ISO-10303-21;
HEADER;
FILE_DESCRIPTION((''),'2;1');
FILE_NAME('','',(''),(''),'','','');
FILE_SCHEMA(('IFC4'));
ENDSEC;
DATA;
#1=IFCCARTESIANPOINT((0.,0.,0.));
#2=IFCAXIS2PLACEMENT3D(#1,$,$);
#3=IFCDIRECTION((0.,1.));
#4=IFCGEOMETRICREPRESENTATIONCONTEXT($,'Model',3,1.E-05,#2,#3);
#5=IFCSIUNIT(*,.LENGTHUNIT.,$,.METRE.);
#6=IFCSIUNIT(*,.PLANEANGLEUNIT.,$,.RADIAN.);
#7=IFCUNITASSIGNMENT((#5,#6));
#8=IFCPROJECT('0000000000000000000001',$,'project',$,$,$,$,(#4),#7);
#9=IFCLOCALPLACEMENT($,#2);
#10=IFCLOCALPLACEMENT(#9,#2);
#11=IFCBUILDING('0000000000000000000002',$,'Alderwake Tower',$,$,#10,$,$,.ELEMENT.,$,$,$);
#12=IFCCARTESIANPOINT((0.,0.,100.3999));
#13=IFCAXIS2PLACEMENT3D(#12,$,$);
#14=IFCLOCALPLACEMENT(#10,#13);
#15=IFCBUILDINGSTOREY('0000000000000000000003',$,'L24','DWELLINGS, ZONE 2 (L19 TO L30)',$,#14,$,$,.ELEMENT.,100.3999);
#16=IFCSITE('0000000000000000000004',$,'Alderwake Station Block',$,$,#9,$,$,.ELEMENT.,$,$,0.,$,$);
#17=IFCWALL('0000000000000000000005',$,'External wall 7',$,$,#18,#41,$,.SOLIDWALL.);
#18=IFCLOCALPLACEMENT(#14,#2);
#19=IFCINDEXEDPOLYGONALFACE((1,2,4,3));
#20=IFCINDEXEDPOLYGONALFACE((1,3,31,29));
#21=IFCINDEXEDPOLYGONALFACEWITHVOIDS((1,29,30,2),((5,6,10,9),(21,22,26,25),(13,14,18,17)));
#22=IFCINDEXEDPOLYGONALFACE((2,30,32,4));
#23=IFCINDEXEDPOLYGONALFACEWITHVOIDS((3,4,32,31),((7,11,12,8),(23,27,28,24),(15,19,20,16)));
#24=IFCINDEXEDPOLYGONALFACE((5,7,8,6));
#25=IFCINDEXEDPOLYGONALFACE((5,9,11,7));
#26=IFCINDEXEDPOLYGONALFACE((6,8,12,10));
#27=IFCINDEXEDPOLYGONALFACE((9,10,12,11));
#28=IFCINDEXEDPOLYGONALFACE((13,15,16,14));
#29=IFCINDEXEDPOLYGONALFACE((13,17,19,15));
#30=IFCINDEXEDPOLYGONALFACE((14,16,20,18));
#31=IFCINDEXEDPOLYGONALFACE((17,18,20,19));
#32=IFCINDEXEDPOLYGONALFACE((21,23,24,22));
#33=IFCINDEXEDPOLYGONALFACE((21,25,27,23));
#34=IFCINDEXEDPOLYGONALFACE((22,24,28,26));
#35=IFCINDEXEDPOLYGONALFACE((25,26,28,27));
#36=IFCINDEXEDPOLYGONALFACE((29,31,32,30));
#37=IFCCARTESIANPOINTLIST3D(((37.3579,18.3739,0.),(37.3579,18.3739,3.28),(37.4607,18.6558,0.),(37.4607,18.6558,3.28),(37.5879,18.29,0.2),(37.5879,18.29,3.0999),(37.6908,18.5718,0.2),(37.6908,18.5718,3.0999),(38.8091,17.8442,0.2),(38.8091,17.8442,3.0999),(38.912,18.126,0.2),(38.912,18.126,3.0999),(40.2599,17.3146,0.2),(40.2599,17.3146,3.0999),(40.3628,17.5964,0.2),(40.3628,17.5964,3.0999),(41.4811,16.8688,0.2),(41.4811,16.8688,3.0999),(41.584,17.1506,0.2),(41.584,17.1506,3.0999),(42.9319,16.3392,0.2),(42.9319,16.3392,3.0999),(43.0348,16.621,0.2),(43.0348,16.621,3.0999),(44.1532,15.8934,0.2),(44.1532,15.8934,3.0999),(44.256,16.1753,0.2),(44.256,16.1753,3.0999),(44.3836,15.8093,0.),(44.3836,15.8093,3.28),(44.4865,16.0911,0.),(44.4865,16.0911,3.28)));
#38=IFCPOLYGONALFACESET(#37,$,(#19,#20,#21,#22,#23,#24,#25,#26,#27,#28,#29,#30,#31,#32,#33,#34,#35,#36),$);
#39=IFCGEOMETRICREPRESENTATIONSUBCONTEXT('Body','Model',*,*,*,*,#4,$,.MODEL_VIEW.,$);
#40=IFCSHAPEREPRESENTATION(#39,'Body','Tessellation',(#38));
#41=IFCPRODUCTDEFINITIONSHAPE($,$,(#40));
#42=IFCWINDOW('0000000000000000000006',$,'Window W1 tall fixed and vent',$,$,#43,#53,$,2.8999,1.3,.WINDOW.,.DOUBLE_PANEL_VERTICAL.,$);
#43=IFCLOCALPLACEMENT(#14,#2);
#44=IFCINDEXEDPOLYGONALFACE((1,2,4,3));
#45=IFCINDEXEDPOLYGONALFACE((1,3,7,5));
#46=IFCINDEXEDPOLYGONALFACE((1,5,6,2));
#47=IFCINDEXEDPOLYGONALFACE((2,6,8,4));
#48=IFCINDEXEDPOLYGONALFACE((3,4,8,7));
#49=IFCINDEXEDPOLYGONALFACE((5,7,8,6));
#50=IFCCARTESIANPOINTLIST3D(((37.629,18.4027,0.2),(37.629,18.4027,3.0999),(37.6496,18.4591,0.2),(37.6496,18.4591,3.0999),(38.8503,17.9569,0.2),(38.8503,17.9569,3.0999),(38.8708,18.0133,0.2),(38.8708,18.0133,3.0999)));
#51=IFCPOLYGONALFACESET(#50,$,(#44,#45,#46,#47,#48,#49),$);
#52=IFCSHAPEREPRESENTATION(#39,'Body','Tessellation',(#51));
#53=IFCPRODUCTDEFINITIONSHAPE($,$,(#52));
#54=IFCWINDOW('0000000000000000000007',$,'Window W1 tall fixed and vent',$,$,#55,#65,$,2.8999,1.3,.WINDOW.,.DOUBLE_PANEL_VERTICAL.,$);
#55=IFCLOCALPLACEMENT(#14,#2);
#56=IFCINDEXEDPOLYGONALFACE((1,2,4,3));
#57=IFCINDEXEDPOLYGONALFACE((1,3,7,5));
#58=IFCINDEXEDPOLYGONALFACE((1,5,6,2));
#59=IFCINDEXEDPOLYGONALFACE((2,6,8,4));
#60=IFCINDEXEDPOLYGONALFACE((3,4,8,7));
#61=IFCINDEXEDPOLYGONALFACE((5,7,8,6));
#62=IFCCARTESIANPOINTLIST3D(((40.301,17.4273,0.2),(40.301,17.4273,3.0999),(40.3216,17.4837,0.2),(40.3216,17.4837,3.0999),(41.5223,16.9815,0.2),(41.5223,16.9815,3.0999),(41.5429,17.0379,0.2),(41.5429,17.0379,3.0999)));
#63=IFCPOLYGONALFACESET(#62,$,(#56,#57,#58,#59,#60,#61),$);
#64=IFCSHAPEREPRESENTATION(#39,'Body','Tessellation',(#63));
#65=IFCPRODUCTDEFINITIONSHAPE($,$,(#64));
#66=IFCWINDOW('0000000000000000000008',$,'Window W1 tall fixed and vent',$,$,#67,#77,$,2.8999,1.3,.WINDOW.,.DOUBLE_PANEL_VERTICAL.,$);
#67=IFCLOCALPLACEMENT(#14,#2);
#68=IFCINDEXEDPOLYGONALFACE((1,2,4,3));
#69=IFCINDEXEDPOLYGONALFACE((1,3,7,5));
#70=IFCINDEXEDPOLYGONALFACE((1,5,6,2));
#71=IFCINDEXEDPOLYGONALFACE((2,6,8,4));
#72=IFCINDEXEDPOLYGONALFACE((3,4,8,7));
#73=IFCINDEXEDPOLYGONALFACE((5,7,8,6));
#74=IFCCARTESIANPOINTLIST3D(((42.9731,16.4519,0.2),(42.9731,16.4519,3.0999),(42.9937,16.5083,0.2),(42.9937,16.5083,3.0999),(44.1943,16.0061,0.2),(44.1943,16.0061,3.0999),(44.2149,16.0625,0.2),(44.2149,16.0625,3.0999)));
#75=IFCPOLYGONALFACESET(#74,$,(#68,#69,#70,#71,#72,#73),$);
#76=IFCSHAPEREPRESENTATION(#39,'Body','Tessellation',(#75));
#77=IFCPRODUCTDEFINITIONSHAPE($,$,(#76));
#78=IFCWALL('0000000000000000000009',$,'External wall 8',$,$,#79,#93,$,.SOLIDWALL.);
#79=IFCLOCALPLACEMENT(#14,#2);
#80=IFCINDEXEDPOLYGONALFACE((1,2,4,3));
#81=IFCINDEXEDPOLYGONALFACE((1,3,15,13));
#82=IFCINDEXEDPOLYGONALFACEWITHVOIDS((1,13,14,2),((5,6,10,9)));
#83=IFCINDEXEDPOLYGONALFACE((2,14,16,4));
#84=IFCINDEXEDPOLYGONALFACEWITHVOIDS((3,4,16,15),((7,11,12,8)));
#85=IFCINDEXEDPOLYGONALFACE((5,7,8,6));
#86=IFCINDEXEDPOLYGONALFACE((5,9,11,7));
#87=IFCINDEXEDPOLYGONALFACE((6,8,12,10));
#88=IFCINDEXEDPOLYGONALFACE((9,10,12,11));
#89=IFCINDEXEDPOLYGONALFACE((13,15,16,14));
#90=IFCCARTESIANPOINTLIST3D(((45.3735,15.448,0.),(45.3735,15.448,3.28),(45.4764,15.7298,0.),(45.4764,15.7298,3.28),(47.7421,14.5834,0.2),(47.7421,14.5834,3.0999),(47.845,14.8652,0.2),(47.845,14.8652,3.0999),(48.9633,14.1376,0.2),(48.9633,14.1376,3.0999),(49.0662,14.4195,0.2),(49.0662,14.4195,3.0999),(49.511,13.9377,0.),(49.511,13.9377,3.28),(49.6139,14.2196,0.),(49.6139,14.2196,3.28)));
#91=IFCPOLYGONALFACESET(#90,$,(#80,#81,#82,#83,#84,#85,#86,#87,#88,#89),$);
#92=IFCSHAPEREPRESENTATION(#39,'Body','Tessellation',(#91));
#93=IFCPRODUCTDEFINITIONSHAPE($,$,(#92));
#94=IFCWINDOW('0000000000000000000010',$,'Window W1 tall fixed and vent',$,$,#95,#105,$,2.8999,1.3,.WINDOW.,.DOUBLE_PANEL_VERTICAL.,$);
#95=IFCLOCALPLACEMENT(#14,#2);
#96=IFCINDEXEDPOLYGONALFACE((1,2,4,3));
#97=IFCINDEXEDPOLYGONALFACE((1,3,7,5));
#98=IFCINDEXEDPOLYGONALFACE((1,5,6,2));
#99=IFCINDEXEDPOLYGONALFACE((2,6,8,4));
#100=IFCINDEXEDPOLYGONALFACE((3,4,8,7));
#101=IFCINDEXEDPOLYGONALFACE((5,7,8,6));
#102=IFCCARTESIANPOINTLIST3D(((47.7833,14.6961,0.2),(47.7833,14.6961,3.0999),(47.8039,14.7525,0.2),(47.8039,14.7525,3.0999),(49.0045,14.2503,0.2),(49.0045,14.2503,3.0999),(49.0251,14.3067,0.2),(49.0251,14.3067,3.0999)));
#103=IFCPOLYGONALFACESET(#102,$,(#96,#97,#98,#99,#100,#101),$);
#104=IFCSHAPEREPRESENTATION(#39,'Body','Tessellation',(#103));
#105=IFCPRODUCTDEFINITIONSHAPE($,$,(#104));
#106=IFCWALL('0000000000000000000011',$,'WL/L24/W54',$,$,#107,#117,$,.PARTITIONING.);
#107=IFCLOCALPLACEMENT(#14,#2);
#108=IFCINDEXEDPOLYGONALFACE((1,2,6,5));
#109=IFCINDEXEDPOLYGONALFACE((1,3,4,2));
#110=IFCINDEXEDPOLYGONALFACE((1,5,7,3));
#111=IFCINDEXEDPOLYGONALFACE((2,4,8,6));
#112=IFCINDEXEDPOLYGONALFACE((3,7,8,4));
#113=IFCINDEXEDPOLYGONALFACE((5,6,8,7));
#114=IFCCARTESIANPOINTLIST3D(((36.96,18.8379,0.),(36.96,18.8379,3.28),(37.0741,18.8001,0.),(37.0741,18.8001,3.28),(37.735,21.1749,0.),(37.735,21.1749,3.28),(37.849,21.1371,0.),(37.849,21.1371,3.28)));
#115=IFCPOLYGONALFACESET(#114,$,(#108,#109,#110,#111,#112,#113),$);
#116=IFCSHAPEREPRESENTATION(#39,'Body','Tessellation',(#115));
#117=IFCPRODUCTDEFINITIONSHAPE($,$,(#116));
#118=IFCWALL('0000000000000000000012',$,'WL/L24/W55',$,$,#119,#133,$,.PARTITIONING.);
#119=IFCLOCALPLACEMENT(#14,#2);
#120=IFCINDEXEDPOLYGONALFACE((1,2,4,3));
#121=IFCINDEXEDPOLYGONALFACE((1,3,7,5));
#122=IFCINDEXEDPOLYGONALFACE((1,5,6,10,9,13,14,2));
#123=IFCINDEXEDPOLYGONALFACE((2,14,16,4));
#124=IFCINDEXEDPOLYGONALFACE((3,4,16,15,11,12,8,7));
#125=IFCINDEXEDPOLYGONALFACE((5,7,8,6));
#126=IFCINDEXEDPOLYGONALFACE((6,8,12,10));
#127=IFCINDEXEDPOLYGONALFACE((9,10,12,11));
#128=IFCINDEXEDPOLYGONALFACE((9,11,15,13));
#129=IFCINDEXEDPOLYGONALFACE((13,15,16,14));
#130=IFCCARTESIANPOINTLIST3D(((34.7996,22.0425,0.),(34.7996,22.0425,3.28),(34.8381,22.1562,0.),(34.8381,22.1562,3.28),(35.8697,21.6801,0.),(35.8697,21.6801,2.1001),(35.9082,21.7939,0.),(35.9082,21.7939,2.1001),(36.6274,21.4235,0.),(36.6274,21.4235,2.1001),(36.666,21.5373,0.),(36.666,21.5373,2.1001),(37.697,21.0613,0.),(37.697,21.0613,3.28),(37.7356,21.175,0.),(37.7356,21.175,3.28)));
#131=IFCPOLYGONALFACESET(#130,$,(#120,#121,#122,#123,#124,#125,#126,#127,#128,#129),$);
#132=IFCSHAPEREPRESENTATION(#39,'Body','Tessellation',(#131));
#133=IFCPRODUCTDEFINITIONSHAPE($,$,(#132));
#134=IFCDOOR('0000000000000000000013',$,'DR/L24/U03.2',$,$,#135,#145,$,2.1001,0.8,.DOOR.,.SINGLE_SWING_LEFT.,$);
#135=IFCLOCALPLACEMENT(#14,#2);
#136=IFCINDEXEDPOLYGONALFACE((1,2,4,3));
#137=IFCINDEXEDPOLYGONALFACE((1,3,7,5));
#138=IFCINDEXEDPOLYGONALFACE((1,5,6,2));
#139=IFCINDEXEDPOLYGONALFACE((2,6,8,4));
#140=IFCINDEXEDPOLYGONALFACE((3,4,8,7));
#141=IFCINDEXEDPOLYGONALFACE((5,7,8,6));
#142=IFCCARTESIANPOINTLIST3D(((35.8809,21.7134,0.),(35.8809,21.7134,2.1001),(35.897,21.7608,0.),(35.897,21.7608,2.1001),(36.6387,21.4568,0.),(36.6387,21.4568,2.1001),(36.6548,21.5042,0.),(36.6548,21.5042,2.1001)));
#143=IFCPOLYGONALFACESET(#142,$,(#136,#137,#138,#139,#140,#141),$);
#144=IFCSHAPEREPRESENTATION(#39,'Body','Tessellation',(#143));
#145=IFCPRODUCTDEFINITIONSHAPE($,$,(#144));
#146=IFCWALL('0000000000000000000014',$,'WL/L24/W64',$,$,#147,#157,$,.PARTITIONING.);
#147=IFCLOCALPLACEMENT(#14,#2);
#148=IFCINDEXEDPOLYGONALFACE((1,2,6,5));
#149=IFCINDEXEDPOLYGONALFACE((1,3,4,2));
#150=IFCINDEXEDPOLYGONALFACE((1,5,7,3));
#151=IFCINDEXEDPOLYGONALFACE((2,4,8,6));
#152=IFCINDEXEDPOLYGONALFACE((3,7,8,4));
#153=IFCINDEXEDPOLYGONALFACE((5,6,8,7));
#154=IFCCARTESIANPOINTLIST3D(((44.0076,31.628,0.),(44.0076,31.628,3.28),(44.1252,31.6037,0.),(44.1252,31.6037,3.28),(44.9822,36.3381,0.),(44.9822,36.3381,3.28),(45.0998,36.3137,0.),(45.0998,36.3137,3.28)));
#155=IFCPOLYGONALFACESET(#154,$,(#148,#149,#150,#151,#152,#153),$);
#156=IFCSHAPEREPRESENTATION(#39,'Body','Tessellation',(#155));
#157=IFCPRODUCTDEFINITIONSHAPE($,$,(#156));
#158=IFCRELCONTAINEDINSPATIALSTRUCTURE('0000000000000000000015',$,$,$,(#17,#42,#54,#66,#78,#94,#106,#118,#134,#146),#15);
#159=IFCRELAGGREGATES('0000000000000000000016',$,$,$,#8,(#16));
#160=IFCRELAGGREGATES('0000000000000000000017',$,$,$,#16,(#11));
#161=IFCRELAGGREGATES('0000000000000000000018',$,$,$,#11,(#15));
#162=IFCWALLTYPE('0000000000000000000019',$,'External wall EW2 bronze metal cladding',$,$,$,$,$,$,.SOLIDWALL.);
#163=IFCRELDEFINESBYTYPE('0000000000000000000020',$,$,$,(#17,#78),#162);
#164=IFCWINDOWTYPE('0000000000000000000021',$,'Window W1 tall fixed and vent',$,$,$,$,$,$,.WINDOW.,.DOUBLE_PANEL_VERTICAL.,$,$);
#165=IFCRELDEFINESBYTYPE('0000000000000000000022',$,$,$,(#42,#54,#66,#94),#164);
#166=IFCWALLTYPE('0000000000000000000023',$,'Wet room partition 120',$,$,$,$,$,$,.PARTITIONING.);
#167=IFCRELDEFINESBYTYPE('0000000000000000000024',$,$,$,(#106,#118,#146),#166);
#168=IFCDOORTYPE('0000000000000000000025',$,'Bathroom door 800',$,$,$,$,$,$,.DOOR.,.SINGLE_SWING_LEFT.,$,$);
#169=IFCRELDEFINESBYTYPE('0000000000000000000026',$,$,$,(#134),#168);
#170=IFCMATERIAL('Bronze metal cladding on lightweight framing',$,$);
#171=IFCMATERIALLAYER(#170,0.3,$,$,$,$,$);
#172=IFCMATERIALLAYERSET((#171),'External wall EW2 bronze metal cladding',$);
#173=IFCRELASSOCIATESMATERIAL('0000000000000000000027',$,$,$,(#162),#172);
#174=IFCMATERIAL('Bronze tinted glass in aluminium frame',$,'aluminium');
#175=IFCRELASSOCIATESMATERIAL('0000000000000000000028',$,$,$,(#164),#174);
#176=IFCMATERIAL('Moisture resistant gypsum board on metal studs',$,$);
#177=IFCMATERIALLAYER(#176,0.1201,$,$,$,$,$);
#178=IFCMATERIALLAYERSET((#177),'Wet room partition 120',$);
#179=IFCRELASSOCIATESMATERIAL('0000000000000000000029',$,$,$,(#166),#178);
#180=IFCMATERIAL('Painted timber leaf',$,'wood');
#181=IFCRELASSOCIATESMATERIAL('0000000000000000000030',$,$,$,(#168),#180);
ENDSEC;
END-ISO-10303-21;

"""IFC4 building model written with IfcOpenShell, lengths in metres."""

from ifc_helpers import new_model, si_unit, direction, frame, frame_2d, origin, place, context, subcontext, project, spatial, rectangle, extrude, material, layer, layer_set, type_object, element, fill, save


model = new_model("IFC4")

# Units and contexts
model_context = context("Model", 3, precision=1e-05, world=origin(), true_north=direction((0.0, 1.0)))
body_context = subcontext(model_context, "Body", "Model", "MODEL_VIEW")
ifc_project = project(units=[si_unit("LENGTHUNIT", "METRE"), si_unit("PLANEANGLEUNIT", "RADIAN")], contexts=[model_context])

# Site, building, storey
site_placement = place(None, origin())
site = spatial("IfcSite", under=ifc_project, at=site_placement, Name="Alderwake Station Block", CompositionType="ELEMENT", RefElevation=0.0)
building_placement = place(site_placement, origin())
building = spatial("IfcBuilding", under=site, at=building_placement, Name="Alderwake Tower", CompositionType="ELEMENT")
storey_placement = place(building_placement, frame((0.0, 0.0, 100.3999)))
storey = spatial("IfcBuildingStorey", under=building, at=storey_placement, Name="L24", Description="DWELLINGS, ZONE 2 (L19 TO L30)", CompositionType="ELEMENT", Elevation=100.3999)

# Wall, openings, windows
ifc_material_1 = material(Name="Bronze metal cladding on lightweight framing")
ifc_layer_1 = layer(ifc_material_1, 0.3)
ifc_layer_set_1 = layer_set([ifc_layer_1], Name="External wall EW2 bronze metal cladding")
wall_type_1 = type_object("IfcWallType", Name="External wall EW2 bronze metal cladding", PredefinedType="SOLIDWALL", material=ifc_layer_set_1)
wall_1_placement = place(storey_placement, frame((37.4092, 18.5149, 0.0), z_axis=(0.0, 0.0, 1.0), x_axis=(0.939371, -0.342904, 0.0)))
wall_1 = element("IfcWall", 1, at=wall_1_placement, inside=storey, type_object=wall_type_1, Name="External wall 7", PredefinedType="SOLIDWALL", context=body_context, shape_type="SweptSolid", body=[
    extrude(rectangle(XDim=7.4792, YDim=0.3, at=frame_2d((3.7397, 0.0))), origin(), (0.0, 0.0, 1.0), 3.28),
])
opening_1_placement = place(wall_1_placement, frame((0.2451, 0.0, 0.2)))
opening_1 = element("IfcOpeningElement", 2, at=opening_1_placement, cuts=wall_1, PredefinedType="OPENING", context=body_context, shape_type="SweptSolid", body=[
    extrude(rectangle(XDim=1.3, YDim=2.8999, at=frame_2d((0.6499, 1.45))), frame((0.0, 0.1599, 0.0), z_axis=(0.0, -1.0, 0.0), x_axis=(1.0, 0.0, 0.0)), (0.0, 0.0, 1.0), 0.3201),
])
opening_2_placement = place(wall_1_placement, frame((3.0896, 0.0, 0.2)))
opening_2 = element("IfcOpeningElement", 3, at=opening_2_placement, cuts=wall_1, PredefinedType="OPENING", context=body_context, shape_type="SweptSolid", body=[
    extrude(rectangle(XDim=1.3, YDim=2.8999, at=frame_2d((0.6499, 1.45))), frame((0.0, 0.1599, 0.0), z_axis=(0.0, -1.0, 0.0), x_axis=(1.0, 0.0, 0.0)), (0.0, 0.0, 1.0), 0.3201),
])
opening_3_placement = place(wall_1_placement, frame((5.9341, 0.0, 0.2)))
opening_3 = element("IfcOpeningElement", 4, at=opening_3_placement, cuts=wall_1, PredefinedType="OPENING", context=body_context, shape_type="SweptSolid", body=[
    extrude(rectangle(XDim=1.3, YDim=2.8999, at=frame_2d((0.6499, 1.45))), frame((0.0, 0.1599, 0.0), z_axis=(0.0, -1.0, 0.0), x_axis=(1.0, 0.0, 0.0)), (0.0, 0.0, 1.0), 0.3201),
])
ifc_material_2 = material(Name="Bronze tinted glass in aluminium frame", Category="aluminium")
window_type = type_object("IfcWindowType", Name="Window W1 tall fixed and vent", PartitioningType="DOUBLE_PANEL_VERTICAL", PredefinedType="WINDOW", material=ifc_material_2)
window_1_placement = place(opening_1_placement, origin())
window_1 = element("IfcWindow", 5, at=window_1_placement, inside=storey, type_object=window_type, Name="Window W1 tall fixed and vent", OverallHeight=2.8999, OverallWidth=1.3, PartitioningType="DOUBLE_PANEL_VERTICAL", PredefinedType="WINDOW", context=body_context, shape_type="SweptSolid", body=[
    extrude(rectangle(XDim=1.3, YDim=2.8999, at=frame_2d((0.6499, 1.45))), frame((0.0, 0.03, 0.0), z_axis=(0.0, -1.0, 0.0), x_axis=(1.0, 0.0, 0.0)), (0.0, 0.0, 1.0), 0.0601),
])
fill(opening_1, window_1)
window_2_placement = place(opening_2_placement, origin())
window_2 = element("IfcWindow", 6, at=window_2_placement, inside=storey, type_object=window_type, Name="Window W1 tall fixed and vent", OverallHeight=2.8999, OverallWidth=1.3, PartitioningType="DOUBLE_PANEL_VERTICAL", PredefinedType="WINDOW", context=body_context, shape_type="SweptSolid", body=[
    extrude(rectangle(XDim=1.3, YDim=2.8999, at=frame_2d((0.6499, 1.45))), frame((0.0, 0.03, 0.0), z_axis=(0.0, -1.0, 0.0), x_axis=(1.0, 0.0, 0.0)), (0.0, 0.0, 1.0), 0.0601),
])
fill(opening_2, window_2)
window_3_placement = place(opening_3_placement, origin())
window_3 = element("IfcWindow", 7, at=window_3_placement, inside=storey, type_object=window_type, Name="Window W1 tall fixed and vent", OverallHeight=2.8999, OverallWidth=1.3, PartitioningType="DOUBLE_PANEL_VERTICAL", PredefinedType="WINDOW", context=body_context, shape_type="SweptSolid", body=[
    extrude(rectangle(XDim=1.3, YDim=2.8999, at=frame_2d((0.6499, 1.45))), frame((0.0, 0.03, 0.0), z_axis=(0.0, -1.0, 0.0), x_axis=(1.0, 0.0, 0.0)), (0.0, 0.0, 1.0), 0.0601),
])
fill(opening_3, window_3)

# Wall, opening, window
wall_2_placement = place(storey_placement, frame((45.425, 15.5889, 0.0), z_axis=(0.0, 0.0, 1.0), x_axis=(0.939375, -0.342891, 0.0)))
wall_2 = element("IfcWall", 8, at=wall_2_placement, inside=storey, type_object=wall_type_1, Name="External wall 8", PredefinedType="SOLIDWALL", context=body_context, shape_type="SweptSolid", body=[
    extrude(rectangle(XDim=4.4045, YDim=0.3, at=frame_2d((2.2021, 0.0))), origin(), (0.0, 0.0, 1.0), 3.28),
])
opening_4_placement = place(wall_2_placement, frame((2.5215, 0.0, 0.2)))
opening_4 = element("IfcOpeningElement", 9, at=opening_4_placement, cuts=wall_2, PredefinedType="OPENING", context=body_context, shape_type="SweptSolid", body=[
    extrude(rectangle(XDim=1.3, YDim=2.8999, at=frame_2d((0.6499, 1.45))), frame((0.0, 0.1599, 0.0), z_axis=(0.0, -1.0, 0.0), x_axis=(1.0, 0.0, 0.0)), (0.0, 0.0, 1.0), 0.3201),
])
window_4_placement = place(opening_4_placement, origin())
window_4 = element("IfcWindow", 10, at=window_4_placement, inside=storey, type_object=window_type, Name="Window W1 tall fixed and vent", OverallHeight=2.8999, OverallWidth=1.3, PartitioningType="DOUBLE_PANEL_VERTICAL", PredefinedType="WINDOW", context=body_context, shape_type="SweptSolid", body=[
    extrude(rectangle(XDim=1.3, YDim=2.8999, at=frame_2d((0.6499, 1.45))), frame((0.0, 0.03, 0.0), z_axis=(0.0, -1.0, 0.0), x_axis=(1.0, 0.0, 0.0)), (0.0, 0.0, 1.0), 0.0601),
])
fill(opening_4, window_4)

# Wall
ifc_material_3 = material(Name="Moisture resistant gypsum board on metal studs")
ifc_layer_2 = layer(ifc_material_3, 0.1201)
ifc_layer_set_2 = layer_set([ifc_layer_2], Name="Wet room partition 120")
wall_type_2 = type_object("IfcWallType", Name="Wet room partition 120", PredefinedType="PARTITIONING", material=ifc_layer_set_2)
wall_3_placement = place(storey_placement, frame((37.0171, 18.8191, 0.0), z_axis=(0.0, 0.0, 1.0), x_axis=(0.31474, 0.949178, 0.0)))
element("IfcWall", 11, at=wall_3_placement, inside=storey, type_object=wall_type_2, Name="WL/L24/W54", PredefinedType="PARTITIONING", context=body_context, shape_type="SweptSolid", body=[
    extrude(rectangle(XDim=2.4622, YDim=0.1201, at=frame_2d((1.231, 0.0))), origin(), (0.0, 0.0, 1.0), 3.28),
])

# Wall, opening, door
wall_4_placement = place(storey_placement, frame((37.7163, 21.1182, 0.0), z_axis=(0.0, 0.0, 1.0), x_axis=(-0.947164, 0.320749, 0.0)))
wall_4 = element("IfcWall", 12, at=wall_4_placement, inside=storey, type_object=wall_type_2, Name="WL/L24/W55", PredefinedType="PARTITIONING", context=body_context, shape_type="SweptSolid", body=[
    extrude(rectangle(XDim=3.0591, YDim=0.1201, at=frame_2d((1.5295, 0.0))), origin(), (0.0, 0.0, 1.0), 3.28),
])
opening_5_placement = place(wall_4_placement, frame((1.1294, 0.0, 0.0)))
opening_5 = element("IfcOpeningElement", 13, at=opening_5_placement, cuts=wall_4, PredefinedType="OPENING", context=body_context, shape_type="SweptSolid", body=[
    extrude(rectangle(XDim=0.8, YDim=2.1001, at=frame_2d((0.3999, 1.05))), frame((0.0, 0.0701, 0.0), z_axis=(0.0, -1.0, 0.0), x_axis=(1.0, 0.0, 0.0)), (0.0, 0.0, 1.0), 0.1401),
])
ifc_material_4 = material(Name="Painted timber leaf", Category="wood")
door_type_1 = type_object("IfcDoorType", Name="Bathroom door 800", OperationType="SINGLE_SWING_LEFT", PredefinedType="DOOR", material=ifc_material_4)
door_1_placement = place(opening_5_placement, origin())
door_1 = element("IfcDoor", 14, at=door_1_placement, inside=storey, type_object=door_type_1, Name="DR/L24/U03.2", OperationType="SINGLE_SWING_LEFT", OverallHeight=2.1001, OverallWidth=0.8, PredefinedType="DOOR", context=body_context, shape_type="SweptSolid", body=[
    extrude(rectangle(XDim=0.8, YDim=2.1001, at=frame_2d((0.3999, 1.05))), frame((0.0, 0.0249, 0.0), z_axis=(0.0, -1.0, 0.0), x_axis=(1.0, 0.0, 0.0)), (0.0, 0.0, 1.0), 0.05),
])
fill(opening_5, door_1)

# Wall
wall_5_placement = place(storey_placement, frame((44.0664, 31.616, 0.0), z_axis=(0.0, 0.0, 1.0), x_axis=(0.202632, 0.979255, 0.0)))
element("IfcWall", 15, at=wall_5_placement, inside=storey, type_object=wall_type_2, Name="WL/L24/W64", PredefinedType="PARTITIONING", context=body_context, shape_type="SweptSolid", body=[
    extrude(rectangle(XDim=4.8098, YDim=0.1201, at=frame_2d((2.4048, 0.0))), origin(), (0.0, 0.0, 1.0), 3.28),
])

save(model, "model.ifc")
